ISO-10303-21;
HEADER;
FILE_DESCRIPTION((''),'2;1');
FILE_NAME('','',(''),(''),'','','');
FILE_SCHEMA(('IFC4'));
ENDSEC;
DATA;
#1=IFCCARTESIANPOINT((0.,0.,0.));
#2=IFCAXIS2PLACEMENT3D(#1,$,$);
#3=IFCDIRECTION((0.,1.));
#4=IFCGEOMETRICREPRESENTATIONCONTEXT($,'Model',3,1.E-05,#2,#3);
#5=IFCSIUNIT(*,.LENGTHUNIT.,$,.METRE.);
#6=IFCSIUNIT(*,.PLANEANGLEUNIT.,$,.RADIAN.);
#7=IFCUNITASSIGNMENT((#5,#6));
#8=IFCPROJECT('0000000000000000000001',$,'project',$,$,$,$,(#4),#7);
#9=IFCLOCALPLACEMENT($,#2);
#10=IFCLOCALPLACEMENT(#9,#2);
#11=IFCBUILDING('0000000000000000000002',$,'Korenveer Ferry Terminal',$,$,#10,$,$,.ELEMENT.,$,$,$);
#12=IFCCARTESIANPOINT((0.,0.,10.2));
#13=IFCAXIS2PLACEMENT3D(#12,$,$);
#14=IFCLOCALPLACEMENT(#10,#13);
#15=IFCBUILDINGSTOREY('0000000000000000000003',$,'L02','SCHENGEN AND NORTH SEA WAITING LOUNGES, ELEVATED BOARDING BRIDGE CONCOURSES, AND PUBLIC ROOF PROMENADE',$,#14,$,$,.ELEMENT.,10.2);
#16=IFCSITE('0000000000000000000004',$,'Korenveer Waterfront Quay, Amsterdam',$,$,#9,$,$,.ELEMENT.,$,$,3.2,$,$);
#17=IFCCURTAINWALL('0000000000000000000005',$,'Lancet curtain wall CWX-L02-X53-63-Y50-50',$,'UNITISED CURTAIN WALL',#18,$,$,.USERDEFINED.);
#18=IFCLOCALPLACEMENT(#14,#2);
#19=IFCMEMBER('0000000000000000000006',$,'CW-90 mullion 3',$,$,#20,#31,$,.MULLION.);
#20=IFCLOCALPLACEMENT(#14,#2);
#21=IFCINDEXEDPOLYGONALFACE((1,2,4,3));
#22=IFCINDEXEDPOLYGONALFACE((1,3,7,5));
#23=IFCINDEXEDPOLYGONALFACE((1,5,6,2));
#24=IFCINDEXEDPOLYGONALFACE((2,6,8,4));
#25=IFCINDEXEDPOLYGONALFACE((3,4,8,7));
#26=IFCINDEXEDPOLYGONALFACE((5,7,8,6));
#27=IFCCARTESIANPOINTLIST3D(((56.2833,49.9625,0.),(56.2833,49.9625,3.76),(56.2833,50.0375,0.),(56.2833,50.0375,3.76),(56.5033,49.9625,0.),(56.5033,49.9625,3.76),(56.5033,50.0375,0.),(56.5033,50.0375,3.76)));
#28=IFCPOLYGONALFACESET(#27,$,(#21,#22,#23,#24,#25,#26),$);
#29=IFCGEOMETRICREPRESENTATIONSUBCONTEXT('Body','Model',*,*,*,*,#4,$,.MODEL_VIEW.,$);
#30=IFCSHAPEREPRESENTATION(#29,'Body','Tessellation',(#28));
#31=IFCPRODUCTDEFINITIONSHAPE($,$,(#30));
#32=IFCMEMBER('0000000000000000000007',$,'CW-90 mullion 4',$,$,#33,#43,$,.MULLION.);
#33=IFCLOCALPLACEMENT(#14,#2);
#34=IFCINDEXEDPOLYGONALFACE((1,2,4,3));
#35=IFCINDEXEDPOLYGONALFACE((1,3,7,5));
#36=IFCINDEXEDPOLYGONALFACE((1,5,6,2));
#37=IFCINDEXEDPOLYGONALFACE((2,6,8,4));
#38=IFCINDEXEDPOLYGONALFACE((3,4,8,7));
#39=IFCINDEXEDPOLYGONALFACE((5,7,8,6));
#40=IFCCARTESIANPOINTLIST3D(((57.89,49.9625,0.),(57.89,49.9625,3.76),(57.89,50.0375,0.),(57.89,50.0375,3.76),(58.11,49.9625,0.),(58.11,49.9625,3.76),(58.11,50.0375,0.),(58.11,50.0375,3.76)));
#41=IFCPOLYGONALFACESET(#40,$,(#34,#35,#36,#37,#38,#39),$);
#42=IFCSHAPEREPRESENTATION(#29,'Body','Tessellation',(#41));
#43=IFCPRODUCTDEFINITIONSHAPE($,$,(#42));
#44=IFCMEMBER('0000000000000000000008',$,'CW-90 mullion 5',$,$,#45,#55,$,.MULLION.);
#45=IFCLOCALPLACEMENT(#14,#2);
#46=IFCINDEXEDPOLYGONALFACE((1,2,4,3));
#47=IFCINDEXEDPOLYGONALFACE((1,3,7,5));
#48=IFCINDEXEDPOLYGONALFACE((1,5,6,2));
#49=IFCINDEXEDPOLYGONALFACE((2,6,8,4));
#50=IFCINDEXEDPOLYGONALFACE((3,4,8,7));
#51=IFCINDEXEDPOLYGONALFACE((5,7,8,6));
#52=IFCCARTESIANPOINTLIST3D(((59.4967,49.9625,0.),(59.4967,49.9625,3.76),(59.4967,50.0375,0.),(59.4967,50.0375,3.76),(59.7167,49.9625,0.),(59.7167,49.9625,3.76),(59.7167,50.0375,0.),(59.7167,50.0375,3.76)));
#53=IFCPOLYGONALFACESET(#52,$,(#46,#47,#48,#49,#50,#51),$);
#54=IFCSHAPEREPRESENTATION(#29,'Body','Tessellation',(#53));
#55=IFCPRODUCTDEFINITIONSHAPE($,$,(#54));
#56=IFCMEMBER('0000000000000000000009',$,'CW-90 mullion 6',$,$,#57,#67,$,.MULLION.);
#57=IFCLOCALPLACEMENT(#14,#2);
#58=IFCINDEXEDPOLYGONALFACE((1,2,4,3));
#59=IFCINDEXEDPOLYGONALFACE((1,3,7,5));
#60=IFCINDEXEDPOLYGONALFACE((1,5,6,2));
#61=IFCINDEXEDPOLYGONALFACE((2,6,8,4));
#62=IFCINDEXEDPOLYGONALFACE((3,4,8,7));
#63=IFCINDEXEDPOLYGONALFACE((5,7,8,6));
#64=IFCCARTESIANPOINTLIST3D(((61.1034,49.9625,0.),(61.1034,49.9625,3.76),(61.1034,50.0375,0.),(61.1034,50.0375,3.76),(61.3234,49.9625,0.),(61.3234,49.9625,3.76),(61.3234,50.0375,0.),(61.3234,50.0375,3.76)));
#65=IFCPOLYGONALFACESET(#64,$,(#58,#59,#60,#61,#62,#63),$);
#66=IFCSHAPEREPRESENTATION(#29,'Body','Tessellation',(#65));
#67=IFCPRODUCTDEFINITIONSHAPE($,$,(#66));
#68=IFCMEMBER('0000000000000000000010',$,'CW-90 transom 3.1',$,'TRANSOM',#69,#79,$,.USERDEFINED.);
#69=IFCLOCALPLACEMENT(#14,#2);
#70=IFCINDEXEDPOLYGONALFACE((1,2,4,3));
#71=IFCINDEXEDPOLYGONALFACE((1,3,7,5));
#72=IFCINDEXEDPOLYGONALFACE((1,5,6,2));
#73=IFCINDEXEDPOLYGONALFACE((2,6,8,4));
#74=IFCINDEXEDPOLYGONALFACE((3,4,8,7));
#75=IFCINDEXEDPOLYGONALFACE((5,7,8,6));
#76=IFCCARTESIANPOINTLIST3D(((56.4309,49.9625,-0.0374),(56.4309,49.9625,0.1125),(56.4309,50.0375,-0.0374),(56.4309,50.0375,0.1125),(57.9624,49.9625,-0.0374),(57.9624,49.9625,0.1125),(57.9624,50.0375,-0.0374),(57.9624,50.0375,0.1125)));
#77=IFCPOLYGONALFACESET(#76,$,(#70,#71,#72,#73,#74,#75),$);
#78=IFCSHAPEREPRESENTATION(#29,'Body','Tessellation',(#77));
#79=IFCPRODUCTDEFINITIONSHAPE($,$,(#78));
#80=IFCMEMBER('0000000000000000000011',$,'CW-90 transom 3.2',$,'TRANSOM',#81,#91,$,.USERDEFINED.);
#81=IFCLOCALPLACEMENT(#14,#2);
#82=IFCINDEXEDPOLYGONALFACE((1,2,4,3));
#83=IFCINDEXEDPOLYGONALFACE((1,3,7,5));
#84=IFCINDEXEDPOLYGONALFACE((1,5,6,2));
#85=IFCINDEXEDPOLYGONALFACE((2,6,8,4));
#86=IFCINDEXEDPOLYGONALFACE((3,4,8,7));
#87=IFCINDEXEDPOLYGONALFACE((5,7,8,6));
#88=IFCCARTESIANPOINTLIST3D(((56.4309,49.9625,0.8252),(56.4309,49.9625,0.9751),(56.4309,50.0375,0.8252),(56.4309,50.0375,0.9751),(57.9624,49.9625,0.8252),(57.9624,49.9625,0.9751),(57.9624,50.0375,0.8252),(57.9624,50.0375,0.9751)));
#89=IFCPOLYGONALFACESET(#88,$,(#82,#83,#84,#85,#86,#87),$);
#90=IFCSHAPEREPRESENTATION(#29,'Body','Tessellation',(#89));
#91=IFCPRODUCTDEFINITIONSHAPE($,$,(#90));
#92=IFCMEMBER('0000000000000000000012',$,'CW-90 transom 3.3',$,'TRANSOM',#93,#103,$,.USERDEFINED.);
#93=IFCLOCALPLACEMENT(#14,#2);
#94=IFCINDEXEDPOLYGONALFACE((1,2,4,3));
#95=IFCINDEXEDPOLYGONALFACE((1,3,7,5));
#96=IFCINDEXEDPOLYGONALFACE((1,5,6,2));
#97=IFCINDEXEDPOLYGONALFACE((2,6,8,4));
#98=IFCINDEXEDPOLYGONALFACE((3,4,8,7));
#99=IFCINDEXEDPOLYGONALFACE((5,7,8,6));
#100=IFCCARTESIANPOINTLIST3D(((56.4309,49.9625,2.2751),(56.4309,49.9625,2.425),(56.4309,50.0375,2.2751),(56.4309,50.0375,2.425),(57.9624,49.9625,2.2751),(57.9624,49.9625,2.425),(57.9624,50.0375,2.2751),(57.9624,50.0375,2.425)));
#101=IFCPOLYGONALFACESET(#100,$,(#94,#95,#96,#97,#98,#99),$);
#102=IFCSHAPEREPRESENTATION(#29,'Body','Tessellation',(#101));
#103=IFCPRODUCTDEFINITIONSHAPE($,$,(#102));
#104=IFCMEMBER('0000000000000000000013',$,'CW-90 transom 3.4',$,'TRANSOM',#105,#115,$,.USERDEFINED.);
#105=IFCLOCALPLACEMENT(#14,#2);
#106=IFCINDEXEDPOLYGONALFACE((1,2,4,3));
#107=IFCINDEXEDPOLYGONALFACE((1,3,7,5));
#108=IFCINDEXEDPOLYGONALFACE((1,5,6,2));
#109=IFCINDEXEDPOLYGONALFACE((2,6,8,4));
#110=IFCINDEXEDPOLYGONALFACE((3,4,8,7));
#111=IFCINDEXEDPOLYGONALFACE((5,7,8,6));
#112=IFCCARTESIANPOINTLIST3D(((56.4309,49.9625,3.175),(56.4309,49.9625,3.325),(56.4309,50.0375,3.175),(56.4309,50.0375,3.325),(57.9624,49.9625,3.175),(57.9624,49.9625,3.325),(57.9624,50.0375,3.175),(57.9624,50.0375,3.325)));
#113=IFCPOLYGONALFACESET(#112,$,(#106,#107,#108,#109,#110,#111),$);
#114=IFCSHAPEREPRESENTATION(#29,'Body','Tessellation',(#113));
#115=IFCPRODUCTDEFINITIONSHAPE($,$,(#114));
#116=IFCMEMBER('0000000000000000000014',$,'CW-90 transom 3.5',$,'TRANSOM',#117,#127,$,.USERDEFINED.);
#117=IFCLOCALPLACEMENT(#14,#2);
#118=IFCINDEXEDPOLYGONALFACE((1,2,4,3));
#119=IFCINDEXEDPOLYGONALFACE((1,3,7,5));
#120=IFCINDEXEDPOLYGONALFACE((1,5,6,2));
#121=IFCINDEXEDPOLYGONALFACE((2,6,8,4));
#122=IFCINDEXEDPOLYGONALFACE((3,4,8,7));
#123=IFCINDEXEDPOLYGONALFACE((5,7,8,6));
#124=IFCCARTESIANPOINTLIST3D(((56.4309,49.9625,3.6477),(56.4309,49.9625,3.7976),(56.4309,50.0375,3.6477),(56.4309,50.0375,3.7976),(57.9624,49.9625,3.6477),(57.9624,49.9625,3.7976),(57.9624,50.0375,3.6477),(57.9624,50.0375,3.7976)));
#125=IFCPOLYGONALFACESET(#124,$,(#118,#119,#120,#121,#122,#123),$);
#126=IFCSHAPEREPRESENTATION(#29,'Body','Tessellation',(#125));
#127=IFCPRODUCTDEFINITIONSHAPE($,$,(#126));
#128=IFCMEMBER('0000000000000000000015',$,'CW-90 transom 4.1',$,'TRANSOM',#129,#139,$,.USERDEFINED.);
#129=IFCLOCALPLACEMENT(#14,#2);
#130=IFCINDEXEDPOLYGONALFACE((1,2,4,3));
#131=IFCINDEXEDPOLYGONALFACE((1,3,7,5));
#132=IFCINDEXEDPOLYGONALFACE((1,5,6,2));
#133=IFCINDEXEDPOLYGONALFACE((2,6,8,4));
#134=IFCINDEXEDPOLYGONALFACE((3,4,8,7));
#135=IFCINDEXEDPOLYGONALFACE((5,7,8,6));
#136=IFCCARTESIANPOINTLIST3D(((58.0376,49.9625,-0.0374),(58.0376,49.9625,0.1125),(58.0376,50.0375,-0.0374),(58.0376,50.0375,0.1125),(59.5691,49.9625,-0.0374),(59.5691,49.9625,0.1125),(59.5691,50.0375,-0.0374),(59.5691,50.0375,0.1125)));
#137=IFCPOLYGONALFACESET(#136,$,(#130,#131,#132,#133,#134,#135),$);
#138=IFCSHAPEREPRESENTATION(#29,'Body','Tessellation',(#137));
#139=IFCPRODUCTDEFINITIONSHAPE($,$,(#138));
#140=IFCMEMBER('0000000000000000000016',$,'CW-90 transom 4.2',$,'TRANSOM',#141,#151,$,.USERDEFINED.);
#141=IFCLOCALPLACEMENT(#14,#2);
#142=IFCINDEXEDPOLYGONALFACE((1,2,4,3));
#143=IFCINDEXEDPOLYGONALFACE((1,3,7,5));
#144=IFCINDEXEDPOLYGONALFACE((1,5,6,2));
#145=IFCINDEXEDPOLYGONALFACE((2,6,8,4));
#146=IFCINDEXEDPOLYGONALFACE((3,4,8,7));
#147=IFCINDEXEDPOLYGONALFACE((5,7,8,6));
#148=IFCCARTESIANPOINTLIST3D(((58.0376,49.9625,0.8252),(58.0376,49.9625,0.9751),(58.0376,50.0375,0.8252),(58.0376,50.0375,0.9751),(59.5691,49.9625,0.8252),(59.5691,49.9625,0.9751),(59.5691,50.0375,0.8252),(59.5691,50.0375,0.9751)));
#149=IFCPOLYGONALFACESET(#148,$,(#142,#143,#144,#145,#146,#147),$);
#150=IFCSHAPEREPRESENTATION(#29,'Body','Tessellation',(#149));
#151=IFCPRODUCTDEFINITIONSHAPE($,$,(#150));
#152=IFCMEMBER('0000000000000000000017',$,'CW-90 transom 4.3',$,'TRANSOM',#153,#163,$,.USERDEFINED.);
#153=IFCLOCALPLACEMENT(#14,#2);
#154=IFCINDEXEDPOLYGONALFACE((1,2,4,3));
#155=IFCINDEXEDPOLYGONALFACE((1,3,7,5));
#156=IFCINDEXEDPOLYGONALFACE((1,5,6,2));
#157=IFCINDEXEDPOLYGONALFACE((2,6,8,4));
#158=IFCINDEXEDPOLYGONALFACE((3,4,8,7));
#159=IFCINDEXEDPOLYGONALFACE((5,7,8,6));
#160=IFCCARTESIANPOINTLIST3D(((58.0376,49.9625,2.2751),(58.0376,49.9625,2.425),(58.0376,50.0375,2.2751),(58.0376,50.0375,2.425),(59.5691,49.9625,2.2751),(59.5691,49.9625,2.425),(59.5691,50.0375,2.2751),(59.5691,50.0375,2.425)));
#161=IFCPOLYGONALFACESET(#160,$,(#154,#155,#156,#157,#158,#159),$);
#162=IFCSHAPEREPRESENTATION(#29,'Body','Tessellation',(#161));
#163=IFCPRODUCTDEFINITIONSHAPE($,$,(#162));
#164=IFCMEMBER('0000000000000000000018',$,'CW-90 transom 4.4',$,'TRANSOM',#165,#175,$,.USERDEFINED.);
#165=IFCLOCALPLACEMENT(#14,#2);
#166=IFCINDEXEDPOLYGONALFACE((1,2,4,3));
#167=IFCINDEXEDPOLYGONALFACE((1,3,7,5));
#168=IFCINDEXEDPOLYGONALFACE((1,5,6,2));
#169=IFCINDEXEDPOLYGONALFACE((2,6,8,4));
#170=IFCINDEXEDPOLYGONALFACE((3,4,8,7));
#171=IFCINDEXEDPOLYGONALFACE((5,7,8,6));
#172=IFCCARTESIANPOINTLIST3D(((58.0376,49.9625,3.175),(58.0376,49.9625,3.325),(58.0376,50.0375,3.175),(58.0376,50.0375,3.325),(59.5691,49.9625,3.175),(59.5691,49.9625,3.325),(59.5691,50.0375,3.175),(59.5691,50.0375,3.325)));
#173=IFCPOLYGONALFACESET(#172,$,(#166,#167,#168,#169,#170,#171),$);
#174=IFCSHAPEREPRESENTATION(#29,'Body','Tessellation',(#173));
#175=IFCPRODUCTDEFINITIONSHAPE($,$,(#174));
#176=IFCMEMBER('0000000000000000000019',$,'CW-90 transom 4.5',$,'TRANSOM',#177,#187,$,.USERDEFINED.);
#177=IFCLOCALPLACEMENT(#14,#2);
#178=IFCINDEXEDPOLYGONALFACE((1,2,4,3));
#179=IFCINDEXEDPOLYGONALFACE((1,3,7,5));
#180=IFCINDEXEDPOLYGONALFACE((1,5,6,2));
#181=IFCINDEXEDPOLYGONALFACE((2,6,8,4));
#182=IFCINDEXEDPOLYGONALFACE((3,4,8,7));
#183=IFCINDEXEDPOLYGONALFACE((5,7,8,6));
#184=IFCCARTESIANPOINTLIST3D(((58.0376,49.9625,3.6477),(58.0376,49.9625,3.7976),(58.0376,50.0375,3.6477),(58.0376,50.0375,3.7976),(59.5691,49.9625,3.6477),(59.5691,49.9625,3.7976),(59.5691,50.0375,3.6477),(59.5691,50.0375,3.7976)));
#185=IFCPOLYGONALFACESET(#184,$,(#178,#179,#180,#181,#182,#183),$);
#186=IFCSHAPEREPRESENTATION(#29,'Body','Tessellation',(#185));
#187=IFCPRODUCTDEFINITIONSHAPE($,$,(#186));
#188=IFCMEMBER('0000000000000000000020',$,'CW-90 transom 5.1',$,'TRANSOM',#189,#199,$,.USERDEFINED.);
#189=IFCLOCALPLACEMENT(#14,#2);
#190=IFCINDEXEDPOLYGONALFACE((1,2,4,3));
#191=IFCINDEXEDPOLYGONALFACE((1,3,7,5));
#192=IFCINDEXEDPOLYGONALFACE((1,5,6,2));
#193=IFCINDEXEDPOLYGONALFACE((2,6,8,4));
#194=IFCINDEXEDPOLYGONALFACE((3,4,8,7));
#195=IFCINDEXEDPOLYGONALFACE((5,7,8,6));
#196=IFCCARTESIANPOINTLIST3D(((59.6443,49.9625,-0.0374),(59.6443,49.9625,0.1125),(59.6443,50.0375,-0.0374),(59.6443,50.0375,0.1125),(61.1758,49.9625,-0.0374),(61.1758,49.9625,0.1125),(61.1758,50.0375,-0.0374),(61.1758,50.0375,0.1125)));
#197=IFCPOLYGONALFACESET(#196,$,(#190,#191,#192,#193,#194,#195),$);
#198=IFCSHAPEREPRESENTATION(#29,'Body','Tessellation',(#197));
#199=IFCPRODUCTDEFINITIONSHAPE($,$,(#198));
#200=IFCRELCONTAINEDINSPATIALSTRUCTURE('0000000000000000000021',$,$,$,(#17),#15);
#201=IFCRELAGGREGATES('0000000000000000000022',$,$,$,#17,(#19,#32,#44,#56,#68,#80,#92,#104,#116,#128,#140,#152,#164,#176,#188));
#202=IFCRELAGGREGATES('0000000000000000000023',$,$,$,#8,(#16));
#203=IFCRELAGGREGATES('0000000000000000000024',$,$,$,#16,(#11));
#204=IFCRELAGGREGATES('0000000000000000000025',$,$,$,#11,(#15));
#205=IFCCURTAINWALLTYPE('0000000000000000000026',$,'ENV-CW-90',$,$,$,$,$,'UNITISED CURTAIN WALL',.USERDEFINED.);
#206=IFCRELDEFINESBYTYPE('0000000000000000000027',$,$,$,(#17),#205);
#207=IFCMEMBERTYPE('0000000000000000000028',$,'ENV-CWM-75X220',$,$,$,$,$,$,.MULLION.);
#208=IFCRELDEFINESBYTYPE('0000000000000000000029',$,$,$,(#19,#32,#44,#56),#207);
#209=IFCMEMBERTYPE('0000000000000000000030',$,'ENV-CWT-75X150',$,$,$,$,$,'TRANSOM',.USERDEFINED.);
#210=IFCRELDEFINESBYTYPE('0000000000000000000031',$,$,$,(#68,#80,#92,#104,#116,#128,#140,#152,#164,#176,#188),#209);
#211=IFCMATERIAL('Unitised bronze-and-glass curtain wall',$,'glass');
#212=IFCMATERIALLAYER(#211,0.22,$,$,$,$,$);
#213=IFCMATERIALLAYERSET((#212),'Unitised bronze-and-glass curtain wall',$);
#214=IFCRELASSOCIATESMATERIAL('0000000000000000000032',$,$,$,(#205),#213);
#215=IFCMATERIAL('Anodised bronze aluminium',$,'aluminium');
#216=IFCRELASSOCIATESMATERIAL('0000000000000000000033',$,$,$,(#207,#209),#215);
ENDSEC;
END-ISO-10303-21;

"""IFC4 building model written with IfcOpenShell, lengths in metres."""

from ifc_helpers import new_model, si_unit, direction, frame, origin, origin_2d, place, context, subcontext, project, spatial, rectangle, extrude, material, layer, layer_set, material_profile, profile_set, type_object, element, aggregate, save


model = new_model("IFC4")

# Units and contexts
model_context = context("Model", 3, precision=1e-05, world=origin(), true_north=direction((0.0, 1.0)))
body_context = subcontext(model_context, "Body", "Model", "MODEL_VIEW")
ifc_project = project(units=[si_unit("LENGTHUNIT", "METRE"), si_unit("PLANEANGLEUNIT", "RADIAN")], contexts=[model_context])

# Site, building, storey
site_placement = place(None, origin())
site = spatial("IfcSite", under=ifc_project, at=site_placement, Name="Korenveer Waterfront Quay, Amsterdam", CompositionType="ELEMENT", RefElevation=3.2)
building_placement = place(site_placement, origin())
building = spatial("IfcBuilding", under=site, at=building_placement, Name="Korenveer Ferry Terminal", CompositionType="ELEMENT")
storey_placement = place(building_placement, frame((0.0, 0.0, 10.2)))
storey = spatial("IfcBuildingStorey", under=building, at=storey_placement, Name="L02", Description="SCHENGEN AND NORTH SEA WAITING LOUNGES, ELEVATED BOARDING BRIDGE CONCOURSES, AND PUBLIC ROOF PROMENADE", CompositionType="ELEMENT", Elevation=10.2)

# Curtain wall, members
ifc_material_1 = material(Name="Unitised bronze-and-glass curtain wall", Category="glass")
ifc_layer_1 = layer(ifc_material_1, 0.22)
ifc_layer_set_1 = layer_set([ifc_layer_1], Name="Unitised bronze-and-glass curtain wall")
curtain_wall_type = type_object("IfcCurtainWallType", Name="ENV-CW-90", ElementType="UNITISED CURTAIN WALL", PredefinedType="USERDEFINED", material=ifc_layer_set_1)
curtain_wall_placement = place(storey_placement, frame((53.1799, 50.0, 0.0)))
curtain_wall = element("IfcCurtainWall", 1, at=curtain_wall_placement, inside=storey, type_object=curtain_wall_type, Name="Lancet curtain wall CWX-L02-X53-63-Y50-50", ObjectType="UNITISED CURTAIN WALL", PredefinedType="USERDEFINED")
ifc_material_2 = material(Name="Anodised bronze aluminium", Category="aluminium")
ifc_material_profile_1 = material_profile(ifc_material_2, rectangle(XDim=0.075, YDim=0.22, at=origin_2d()), Name="ALU 75x220")
ifc_profile_set_1 = profile_set([ifc_material_profile_1], Name="Anodised bronze aluminium")
member_type_1 = type_object("IfcMemberType", Name="ENV-CWM-75X220", PredefinedType="MULLION", material=ifc_profile_set_1)
member_1_placement = place(storey_placement, frame((56.3933, 50.0, 0.0), z_axis=(0.0, 0.0, 1.0), x_axis=(0.0, 1.0, 0.0)))
member_1 = element("IfcMember", 2, at=member_1_placement, type_object=member_type_1, Name="CW-90 mullion 3", PredefinedType="MULLION", context=body_context, shape_type="SweptSolid", body=[
    extrude(rectangle(XDim=0.075, YDim=0.22, at=origin_2d()), origin(), (0.0, 0.0, 1.0), 3.76),
])
member_2_placement = place(storey_placement, frame((58.0, 50.0, 0.0), z_axis=(0.0, 0.0, 1.0), x_axis=(0.0, 1.0, 0.0)))
member_2 = element("IfcMember", 3, at=member_2_placement, type_object=member_type_1, Name="CW-90 mullion 4", PredefinedType="MULLION", context=body_context, shape_type="SweptSolid", body=[
    extrude(rectangle(XDim=0.075, YDim=0.22, at=origin_2d()), origin(), (0.0, 0.0, 1.0), 3.76),
])
member_3_placement = place(storey_placement, frame((59.6067, 50.0, 0.0), z_axis=(0.0, 0.0, 1.0), x_axis=(0.0, 1.0, 0.0)))
member_3 = element("IfcMember", 4, at=member_3_placement, type_object=member_type_1, Name="CW-90 mullion 5", PredefinedType="MULLION", context=body_context, shape_type="SweptSolid", body=[
    extrude(rectangle(XDim=0.075, YDim=0.22, at=origin_2d()), origin(), (0.0, 0.0, 1.0), 3.76),
])
member_4_placement = place(storey_placement, frame((61.2134, 50.0, 0.0), z_axis=(0.0, 0.0, 1.0), x_axis=(0.0, 1.0, 0.0)))
member_4 = element("IfcMember", 5, at=member_4_placement, type_object=member_type_1, Name="CW-90 mullion 6", PredefinedType="MULLION", context=body_context, shape_type="SweptSolid", body=[
    extrude(rectangle(XDim=0.075, YDim=0.22, at=origin_2d()), origin(), (0.0, 0.0, 1.0), 3.76),
])
ifc_material_profile_2 = material_profile(ifc_material_2, rectangle(XDim=0.075, YDim=0.1499, at=origin_2d()), Name="ALU 75x150")
ifc_profile_set_2 = profile_set([ifc_material_profile_2], Name="Anodised bronze aluminium")
member_type_2 = type_object("IfcMemberType", Name="ENV-CWT-75X150", ElementType="TRANSOM", PredefinedType="USERDEFINED", material=ifc_profile_set_2)
member_5_placement = place(storey_placement, frame((56.4309, 50.0, 0.0376), z_axis=(1.0, 0.0, 0.0), x_axis=(0.0, 1.0, 0.0)))
member_5 = element("IfcMember", 6, at=member_5_placement, type_object=member_type_2, Name="CW-90 transom 3.1", ObjectType="TRANSOM", PredefinedType="USERDEFINED", context=body_context, shape_type="SweptSolid", body=[
    extrude(rectangle(XDim=0.075, YDim=0.1499, at=origin_2d()), origin(), (0.0, 0.0, 1.0), 1.5315),
])
member_6_placement = place(storey_placement, frame((56.4309, 50.0, 0.9001), z_axis=(1.0, 0.0, 0.0), x_axis=(0.0, 1.0, 0.0)))
member_6 = element("IfcMember", 7, at=member_6_placement, type_object=member_type_2, Name="CW-90 transom 3.2", ObjectType="TRANSOM", PredefinedType="USERDEFINED", context=body_context, shape_type="SweptSolid", body=[
    extrude(rectangle(XDim=0.075, YDim=0.1499, at=origin_2d()), origin(), (0.0, 0.0, 1.0), 1.5315),
])
member_7_placement = place(storey_placement, frame((56.4309, 50.0, 2.3501), z_axis=(1.0, 0.0, 0.0), x_axis=(0.0, 1.0, 0.0)))
member_7 = element("IfcMember", 8, at=member_7_placement, type_object=member_type_2, Name="CW-90 transom 3.3", ObjectType="TRANSOM", PredefinedType="USERDEFINED", context=body_context, shape_type="SweptSolid", body=[
    extrude(rectangle(XDim=0.075, YDim=0.1499, at=origin_2d()), origin(), (0.0, 0.0, 1.0), 1.5315),
])
member_8_placement = place(storey_placement, frame((56.4309, 50.0, 3.25), z_axis=(1.0, 0.0, 0.0), x_axis=(0.0, 1.0, 0.0)))
member_8 = element("IfcMember", 9, at=member_8_placement, type_object=member_type_2, Name="CW-90 transom 3.4", ObjectType="TRANSOM", PredefinedType="USERDEFINED", context=body_context, shape_type="SweptSolid", body=[
    extrude(rectangle(XDim=0.075, YDim=0.1499, at=origin_2d()), origin(), (0.0, 0.0, 1.0), 1.5315),
])
member_9_placement = place(storey_placement, frame((56.4309, 50.0, 3.7227), z_axis=(1.0, 0.0, 0.0), x_axis=(0.0, 1.0, 0.0)))
member_9 = element("IfcMember", 10, at=member_9_placement, type_object=member_type_2, Name="CW-90 transom 3.5", ObjectType="TRANSOM", PredefinedType="USERDEFINED", context=body_context, shape_type="SweptSolid", body=[
    extrude(rectangle(XDim=0.075, YDim=0.1499, at=origin_2d()), origin(), (0.0, 0.0, 1.0), 1.5315),
])
member_10_placement = place(storey_placement, frame((58.0376, 50.0, 0.0376), z_axis=(1.0, 0.0, 0.0), x_axis=(0.0, 1.0, 0.0)))
member_10 = element("IfcMember", 11, at=member_10_placement, type_object=member_type_2, Name="CW-90 transom 4.1", ObjectType="TRANSOM", PredefinedType="USERDEFINED", context=body_context, shape_type="SweptSolid", body=[
    extrude(rectangle(XDim=0.075, YDim=0.1499, at=origin_2d()), origin(), (0.0, 0.0, 1.0), 1.5315),
])
member_11_placement = place(storey_placement, frame((58.0376, 50.0, 0.9001), z_axis=(1.0, 0.0, 0.0), x_axis=(0.0, 1.0, 0.0)))
member_11 = element("IfcMember", 12, at=member_11_placement, type_object=member_type_2, Name="CW-90 transom 4.2", ObjectType="TRANSOM", PredefinedType="USERDEFINED", context=body_context, shape_type="SweptSolid", body=[
    extrude(rectangle(XDim=0.075, YDim=0.1499, at=origin_2d()), origin(), (0.0, 0.0, 1.0), 1.5315),
])
member_12_placement = place(storey_placement, frame((58.0376, 50.0, 2.3501), z_axis=(1.0, 0.0, 0.0), x_axis=(0.0, 1.0, 0.0)))
member_12 = element("IfcMember", 13, at=member_12_placement, type_object=member_type_2, Name="CW-90 transom 4.3", ObjectType="TRANSOM", PredefinedType="USERDEFINED", context=body_context, shape_type="SweptSolid", body=[
    extrude(rectangle(XDim=0.075, YDim=0.1499, at=origin_2d()), origin(), (0.0, 0.0, 1.0), 1.5315),
])
member_13_placement = place(storey_placement, frame((58.0376, 50.0, 3.25), z_axis=(1.0, 0.0, 0.0), x_axis=(0.0, 1.0, 0.0)))
member_13 = element("IfcMember", 14, at=member_13_placement, type_object=member_type_2, Name="CW-90 transom 4.4", ObjectType="TRANSOM", PredefinedType="USERDEFINED", context=body_context, shape_type="SweptSolid", body=[
    extrude(rectangle(XDim=0.075, YDim=0.1499, at=origin_2d()), origin(), (0.0, 0.0, 1.0), 1.5315),
])
member_14_placement = place(storey_placement, frame((58.0376, 50.0, 3.7227), z_axis=(1.0, 0.0, 0.0), x_axis=(0.0, 1.0, 0.0)))
member_14 = element("IfcMember", 15, at=member_14_placement, type_object=member_type_2, Name="CW-90 transom 4.5", ObjectType="TRANSOM", PredefinedType="USERDEFINED", context=body_context, shape_type="SweptSolid", body=[
    extrude(rectangle(XDim=0.075, YDim=0.1499, at=origin_2d()), origin(), (0.0, 0.0, 1.0), 1.5315),
])
member_15_placement = place(storey_placement, frame((59.6443, 50.0, 0.0376), z_axis=(1.0, 0.0, 0.0), x_axis=(0.0, 1.0, 0.0)))
member_15 = element("IfcMember", 16, at=member_15_placement, type_object=member_type_2, Name="CW-90 transom 5.1", ObjectType="TRANSOM", PredefinedType="USERDEFINED", context=body_context, shape_type="SweptSolid", body=[
    extrude(rectangle(XDim=0.075, YDim=0.1499, at=origin_2d()), origin(), (0.0, 0.0, 1.0), 1.5315),
])
aggregate(curtain_wall, [member_1, member_2, member_3, member_4, member_5, member_6, member_7, member_8, member_9, member_10, member_11, member_12, member_13, member_14, member_15])

save(model, "model.ifc")
